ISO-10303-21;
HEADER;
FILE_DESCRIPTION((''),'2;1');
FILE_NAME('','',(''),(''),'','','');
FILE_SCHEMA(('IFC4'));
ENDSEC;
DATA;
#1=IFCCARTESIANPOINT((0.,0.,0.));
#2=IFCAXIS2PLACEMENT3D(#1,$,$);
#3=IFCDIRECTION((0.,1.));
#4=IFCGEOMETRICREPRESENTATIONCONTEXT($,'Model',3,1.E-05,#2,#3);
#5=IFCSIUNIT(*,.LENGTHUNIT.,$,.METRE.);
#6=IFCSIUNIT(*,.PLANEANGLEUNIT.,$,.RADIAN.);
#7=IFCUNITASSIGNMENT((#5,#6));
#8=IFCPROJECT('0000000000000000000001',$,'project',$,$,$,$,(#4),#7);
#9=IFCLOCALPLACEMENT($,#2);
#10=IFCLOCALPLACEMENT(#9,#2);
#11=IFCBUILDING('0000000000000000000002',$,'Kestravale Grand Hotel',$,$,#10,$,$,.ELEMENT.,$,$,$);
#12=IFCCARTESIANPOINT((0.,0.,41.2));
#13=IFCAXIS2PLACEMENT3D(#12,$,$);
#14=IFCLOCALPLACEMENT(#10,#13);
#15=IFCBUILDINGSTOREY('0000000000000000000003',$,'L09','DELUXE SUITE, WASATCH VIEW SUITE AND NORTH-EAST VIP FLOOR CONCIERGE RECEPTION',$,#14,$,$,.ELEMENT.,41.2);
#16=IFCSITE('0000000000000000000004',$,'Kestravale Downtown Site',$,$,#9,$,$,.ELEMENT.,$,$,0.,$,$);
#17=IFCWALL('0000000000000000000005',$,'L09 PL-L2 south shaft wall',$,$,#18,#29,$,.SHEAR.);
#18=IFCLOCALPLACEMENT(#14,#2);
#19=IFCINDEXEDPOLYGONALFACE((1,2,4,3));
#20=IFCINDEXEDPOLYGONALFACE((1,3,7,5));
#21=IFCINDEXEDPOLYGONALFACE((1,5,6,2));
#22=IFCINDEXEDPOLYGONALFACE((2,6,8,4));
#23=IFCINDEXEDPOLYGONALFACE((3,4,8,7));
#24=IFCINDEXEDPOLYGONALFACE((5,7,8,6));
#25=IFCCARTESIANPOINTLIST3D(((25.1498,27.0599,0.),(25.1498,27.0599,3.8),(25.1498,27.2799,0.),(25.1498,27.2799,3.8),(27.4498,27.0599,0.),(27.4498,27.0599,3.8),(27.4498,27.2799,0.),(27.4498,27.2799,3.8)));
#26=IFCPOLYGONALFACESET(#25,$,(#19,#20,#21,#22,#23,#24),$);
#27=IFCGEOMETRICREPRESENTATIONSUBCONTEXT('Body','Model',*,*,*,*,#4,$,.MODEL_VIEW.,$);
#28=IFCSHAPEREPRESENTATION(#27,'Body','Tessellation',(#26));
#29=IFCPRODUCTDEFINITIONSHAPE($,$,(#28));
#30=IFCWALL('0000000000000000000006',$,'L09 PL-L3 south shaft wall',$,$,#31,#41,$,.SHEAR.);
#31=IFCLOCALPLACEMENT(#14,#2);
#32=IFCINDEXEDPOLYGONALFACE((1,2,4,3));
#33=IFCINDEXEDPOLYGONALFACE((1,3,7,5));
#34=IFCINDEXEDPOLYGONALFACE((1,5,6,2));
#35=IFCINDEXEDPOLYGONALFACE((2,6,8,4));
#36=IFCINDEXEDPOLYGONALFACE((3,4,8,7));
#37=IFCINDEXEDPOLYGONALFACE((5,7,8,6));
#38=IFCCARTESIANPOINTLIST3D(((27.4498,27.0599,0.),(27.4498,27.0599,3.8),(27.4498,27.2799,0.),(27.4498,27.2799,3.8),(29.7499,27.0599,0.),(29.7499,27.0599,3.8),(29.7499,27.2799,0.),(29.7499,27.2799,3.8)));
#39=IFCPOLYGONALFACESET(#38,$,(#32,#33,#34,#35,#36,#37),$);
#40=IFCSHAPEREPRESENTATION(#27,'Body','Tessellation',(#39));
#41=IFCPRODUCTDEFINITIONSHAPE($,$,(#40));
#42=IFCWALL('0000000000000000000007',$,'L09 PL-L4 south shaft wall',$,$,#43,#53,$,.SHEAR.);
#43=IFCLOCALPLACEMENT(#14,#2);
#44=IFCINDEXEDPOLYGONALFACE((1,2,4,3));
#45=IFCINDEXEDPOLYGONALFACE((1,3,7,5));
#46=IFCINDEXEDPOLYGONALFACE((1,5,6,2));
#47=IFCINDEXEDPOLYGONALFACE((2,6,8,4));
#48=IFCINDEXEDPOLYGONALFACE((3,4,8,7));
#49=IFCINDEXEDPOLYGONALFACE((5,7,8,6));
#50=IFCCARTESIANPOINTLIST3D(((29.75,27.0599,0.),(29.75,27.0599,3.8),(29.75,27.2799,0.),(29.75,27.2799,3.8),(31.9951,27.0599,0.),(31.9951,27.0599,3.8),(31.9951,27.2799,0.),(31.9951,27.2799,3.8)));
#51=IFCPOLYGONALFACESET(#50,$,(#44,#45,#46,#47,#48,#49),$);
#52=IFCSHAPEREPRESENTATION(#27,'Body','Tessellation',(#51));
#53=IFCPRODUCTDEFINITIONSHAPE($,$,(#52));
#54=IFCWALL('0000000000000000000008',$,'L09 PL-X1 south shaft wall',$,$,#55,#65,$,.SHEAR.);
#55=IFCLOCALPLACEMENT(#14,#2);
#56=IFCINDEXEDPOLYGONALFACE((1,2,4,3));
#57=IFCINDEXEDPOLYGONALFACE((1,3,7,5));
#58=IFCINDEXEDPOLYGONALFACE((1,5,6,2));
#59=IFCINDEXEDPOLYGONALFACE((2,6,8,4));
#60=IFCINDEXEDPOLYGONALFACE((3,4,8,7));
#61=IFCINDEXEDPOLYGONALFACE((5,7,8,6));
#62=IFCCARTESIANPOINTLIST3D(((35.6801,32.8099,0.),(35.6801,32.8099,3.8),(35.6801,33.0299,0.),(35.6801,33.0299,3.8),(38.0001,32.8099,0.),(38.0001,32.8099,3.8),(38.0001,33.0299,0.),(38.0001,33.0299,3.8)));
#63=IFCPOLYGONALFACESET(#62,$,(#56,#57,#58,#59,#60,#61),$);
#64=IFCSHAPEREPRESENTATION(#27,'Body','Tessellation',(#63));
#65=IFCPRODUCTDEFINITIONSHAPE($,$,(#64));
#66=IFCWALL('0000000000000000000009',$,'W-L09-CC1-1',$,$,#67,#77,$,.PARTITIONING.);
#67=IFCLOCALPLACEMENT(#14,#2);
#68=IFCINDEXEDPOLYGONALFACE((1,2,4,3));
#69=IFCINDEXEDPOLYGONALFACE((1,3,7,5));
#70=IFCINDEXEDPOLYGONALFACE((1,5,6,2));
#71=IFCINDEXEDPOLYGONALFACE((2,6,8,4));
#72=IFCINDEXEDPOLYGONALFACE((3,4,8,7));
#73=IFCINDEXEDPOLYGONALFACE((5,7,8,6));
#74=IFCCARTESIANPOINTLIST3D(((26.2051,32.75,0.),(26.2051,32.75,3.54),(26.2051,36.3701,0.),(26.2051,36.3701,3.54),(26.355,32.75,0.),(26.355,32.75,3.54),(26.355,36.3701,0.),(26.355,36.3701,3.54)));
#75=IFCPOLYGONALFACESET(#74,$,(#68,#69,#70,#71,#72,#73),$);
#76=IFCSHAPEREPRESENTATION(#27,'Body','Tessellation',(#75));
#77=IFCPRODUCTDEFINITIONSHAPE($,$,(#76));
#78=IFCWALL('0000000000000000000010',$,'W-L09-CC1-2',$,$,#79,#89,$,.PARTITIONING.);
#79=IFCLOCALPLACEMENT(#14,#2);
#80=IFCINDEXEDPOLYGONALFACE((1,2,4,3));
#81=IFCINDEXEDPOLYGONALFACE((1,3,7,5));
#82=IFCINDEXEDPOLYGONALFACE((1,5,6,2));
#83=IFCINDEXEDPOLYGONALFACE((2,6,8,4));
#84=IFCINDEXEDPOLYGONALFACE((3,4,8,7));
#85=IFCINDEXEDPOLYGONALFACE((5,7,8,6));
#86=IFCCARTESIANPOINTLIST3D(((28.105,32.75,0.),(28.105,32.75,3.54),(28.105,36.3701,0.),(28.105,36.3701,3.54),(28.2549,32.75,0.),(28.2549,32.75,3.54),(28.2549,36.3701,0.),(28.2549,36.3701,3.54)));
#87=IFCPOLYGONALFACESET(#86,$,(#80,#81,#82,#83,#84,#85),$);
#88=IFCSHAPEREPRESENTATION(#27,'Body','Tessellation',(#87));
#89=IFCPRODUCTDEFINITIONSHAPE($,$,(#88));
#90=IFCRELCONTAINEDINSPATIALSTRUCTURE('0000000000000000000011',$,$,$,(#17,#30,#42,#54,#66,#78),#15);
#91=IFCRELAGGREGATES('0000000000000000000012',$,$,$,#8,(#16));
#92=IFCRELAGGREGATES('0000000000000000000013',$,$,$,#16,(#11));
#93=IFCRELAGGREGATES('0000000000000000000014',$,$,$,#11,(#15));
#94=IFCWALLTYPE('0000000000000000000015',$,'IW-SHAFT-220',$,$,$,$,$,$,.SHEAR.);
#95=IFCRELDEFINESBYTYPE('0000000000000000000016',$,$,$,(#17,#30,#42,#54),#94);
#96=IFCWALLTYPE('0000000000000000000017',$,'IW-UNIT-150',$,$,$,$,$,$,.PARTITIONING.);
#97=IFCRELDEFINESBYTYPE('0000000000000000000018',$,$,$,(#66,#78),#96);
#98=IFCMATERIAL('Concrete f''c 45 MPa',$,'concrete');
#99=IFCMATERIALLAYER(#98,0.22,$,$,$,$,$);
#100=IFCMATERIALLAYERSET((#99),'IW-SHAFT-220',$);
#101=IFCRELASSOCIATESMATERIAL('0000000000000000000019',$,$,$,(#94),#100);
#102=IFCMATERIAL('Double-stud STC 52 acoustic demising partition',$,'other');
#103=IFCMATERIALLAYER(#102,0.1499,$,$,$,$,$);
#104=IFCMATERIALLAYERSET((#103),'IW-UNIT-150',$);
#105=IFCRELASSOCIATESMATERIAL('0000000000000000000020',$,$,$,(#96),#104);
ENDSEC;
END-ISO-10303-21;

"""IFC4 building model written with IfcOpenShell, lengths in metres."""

from ifc_helpers import new_model, si_unit, direction, frame, frame_2d, origin, place, context, subcontext, project, spatial, rectangle, extrude, material, layer, layer_set, type_object, element, save


model = new_model("IFC4")

# Units and contexts
model_context = context("Model", 3, precision=1e-05, world=origin(), true_north=direction((0.0, 1.0)))
body_context = subcontext(model_context, "Body", "Model", "MODEL_VIEW")
ifc_project = project(units=[si_unit("LENGTHUNIT", "METRE"), si_unit("PLANEANGLEUNIT", "RADIAN")], contexts=[model_context])

# Site, building, storey
site_placement = place(None, origin())
site = spatial("IfcSite", under=ifc_project, at=site_placement, Name="Kestravale Downtown Site", CompositionType="ELEMENT", RefElevation=0.0)
building_placement = place(site_placement, origin())
building = spatial("IfcBuilding", under=site, at=building_placement, Name="Kestravale Grand Hotel", CompositionType="ELEMENT")
storey_placement = place(building_placement, frame((0.0, 0.0, 41.2)))
storey = spatial("IfcBuildingStorey", under=building, at=storey_placement, Name="L09", Description="DELUXE SUITE, WASATCH VIEW SUITE AND NORTH-EAST VIP FLOOR CONCIERGE RECEPTION", CompositionType="ELEMENT", Elevation=41.2)

# Shared definitions
ifc_material_1 = material(Name="Concrete f'c 45 MPa", Category="concrete")
ifc_layer_1 = layer(ifc_material_1, 0.22)
ifc_layer_set_1 = layer_set([ifc_layer_1], Name="IW-SHAFT-220")
wall_type_1 = type_object("IfcWallType", Name="IW-SHAFT-220", PredefinedType="SHEAR", material=ifc_layer_set_1)

# Wall
wall_1_placement = place(storey_placement, frame((25.1499, 27.1699, 0.0), z_axis=(0.0, 0.0, 1.0), x_axis=(1.0, 0.0, 0.0)))
element("IfcWall", 1, at=wall_1_placement, inside=storey, type_object=wall_type_1, Name="L09 PL-L2 south shaft wall", PredefinedType="SHEAR", context=body_context, shape_type="SweptSolid", body=[
    extrude(rectangle(XDim=2.3, YDim=0.22, at=frame_2d((1.1499, 0.0))), origin(), (0.0, 0.0, 1.0), 3.8),
])

# Wall
wall_2_placement = place(storey_placement, frame((27.45, 27.1699, 0.0), z_axis=(0.0, 0.0, 1.0), x_axis=(1.0, 0.0, 0.0)))
element("IfcWall", 2, at=wall_2_placement, inside=storey, type_object=wall_type_1, Name="L09 PL-L3 south shaft wall", PredefinedType="SHEAR", context=body_context, shape_type="SweptSolid", body=[
    extrude(rectangle(XDim=2.3, YDim=0.22, at=frame_2d((1.1499, 0.0))), origin(), (0.0, 0.0, 1.0), 3.8),
])

# Walls
wall_3_placement = place(storey_placement, frame((29.75, 27.1699, 0.0), z_axis=(0.0, 0.0, 1.0), x_axis=(1.0, 0.0, 0.0)))
element("IfcWall", 3, at=wall_3_placement, inside=storey, type_object=wall_type_1, Name="L09 PL-L4 south shaft wall", PredefinedType="SHEAR", context=body_context, shape_type="SweptSolid", body=[
    extrude(rectangle(XDim=2.2451, YDim=0.22, at=frame_2d((1.1226, 0.0))), origin(), (0.0, 0.0, 1.0), 3.8),
])
wall_4_placement = place(storey_placement, frame((35.6799, 32.9199, 0.0), z_axis=(0.0, 0.0, 1.0), x_axis=(1.0, 0.0, 0.0)))
element("IfcWall", 4, at=wall_4_placement, inside=storey, type_object=wall_type_1, Name="L09 PL-X1 south shaft wall", PredefinedType="SHEAR", context=body_context, shape_type="SweptSolid", body=[
    extrude(rectangle(XDim=2.3201, YDim=0.22, at=frame_2d((1.1602, 0.0))), origin(), (0.0, 0.0, 1.0), 3.8),
])
ifc_material_2 = material(Name="Double-stud STC 52 acoustic demising partition", Category="other")
ifc_layer_2 = layer(ifc_material_2, 0.1499)
ifc_layer_set_2 = layer_set([ifc_layer_2], Name="IW-UNIT-150")
wall_type_2 = type_object("IfcWallType", Name="IW-UNIT-150", PredefinedType="PARTITIONING", material=ifc_layer_set_2)
for number, where, z_axis, x_axis, name in (
    (5, (26.28, 32.75, 0.0), (0.0, 0.0, 1.0), (0.0, 1.0, 0.0), "W-L09-CC1-1"),
    (6, (28.1799, 32.75, 0.0), (0.0, 0.0, 1.0), (0.0, 1.0, 0.0), "W-L09-CC1-2"),
):
    element("IfcWall", number, at=place(storey_placement, frame(where, z_axis=z_axis, x_axis=x_axis)), inside=storey, type_object=wall_type_2, Name=name, PredefinedType="PARTITIONING", context=body_context, shape_type="SweptSolid", body=[
        extrude(rectangle(XDim=3.6201, YDim=0.1499, at=frame_2d((1.8101, 0.0))), origin(), (0.0, 0.0, 1.0), 3.54),
    ])

save(model, "model.ifc")
